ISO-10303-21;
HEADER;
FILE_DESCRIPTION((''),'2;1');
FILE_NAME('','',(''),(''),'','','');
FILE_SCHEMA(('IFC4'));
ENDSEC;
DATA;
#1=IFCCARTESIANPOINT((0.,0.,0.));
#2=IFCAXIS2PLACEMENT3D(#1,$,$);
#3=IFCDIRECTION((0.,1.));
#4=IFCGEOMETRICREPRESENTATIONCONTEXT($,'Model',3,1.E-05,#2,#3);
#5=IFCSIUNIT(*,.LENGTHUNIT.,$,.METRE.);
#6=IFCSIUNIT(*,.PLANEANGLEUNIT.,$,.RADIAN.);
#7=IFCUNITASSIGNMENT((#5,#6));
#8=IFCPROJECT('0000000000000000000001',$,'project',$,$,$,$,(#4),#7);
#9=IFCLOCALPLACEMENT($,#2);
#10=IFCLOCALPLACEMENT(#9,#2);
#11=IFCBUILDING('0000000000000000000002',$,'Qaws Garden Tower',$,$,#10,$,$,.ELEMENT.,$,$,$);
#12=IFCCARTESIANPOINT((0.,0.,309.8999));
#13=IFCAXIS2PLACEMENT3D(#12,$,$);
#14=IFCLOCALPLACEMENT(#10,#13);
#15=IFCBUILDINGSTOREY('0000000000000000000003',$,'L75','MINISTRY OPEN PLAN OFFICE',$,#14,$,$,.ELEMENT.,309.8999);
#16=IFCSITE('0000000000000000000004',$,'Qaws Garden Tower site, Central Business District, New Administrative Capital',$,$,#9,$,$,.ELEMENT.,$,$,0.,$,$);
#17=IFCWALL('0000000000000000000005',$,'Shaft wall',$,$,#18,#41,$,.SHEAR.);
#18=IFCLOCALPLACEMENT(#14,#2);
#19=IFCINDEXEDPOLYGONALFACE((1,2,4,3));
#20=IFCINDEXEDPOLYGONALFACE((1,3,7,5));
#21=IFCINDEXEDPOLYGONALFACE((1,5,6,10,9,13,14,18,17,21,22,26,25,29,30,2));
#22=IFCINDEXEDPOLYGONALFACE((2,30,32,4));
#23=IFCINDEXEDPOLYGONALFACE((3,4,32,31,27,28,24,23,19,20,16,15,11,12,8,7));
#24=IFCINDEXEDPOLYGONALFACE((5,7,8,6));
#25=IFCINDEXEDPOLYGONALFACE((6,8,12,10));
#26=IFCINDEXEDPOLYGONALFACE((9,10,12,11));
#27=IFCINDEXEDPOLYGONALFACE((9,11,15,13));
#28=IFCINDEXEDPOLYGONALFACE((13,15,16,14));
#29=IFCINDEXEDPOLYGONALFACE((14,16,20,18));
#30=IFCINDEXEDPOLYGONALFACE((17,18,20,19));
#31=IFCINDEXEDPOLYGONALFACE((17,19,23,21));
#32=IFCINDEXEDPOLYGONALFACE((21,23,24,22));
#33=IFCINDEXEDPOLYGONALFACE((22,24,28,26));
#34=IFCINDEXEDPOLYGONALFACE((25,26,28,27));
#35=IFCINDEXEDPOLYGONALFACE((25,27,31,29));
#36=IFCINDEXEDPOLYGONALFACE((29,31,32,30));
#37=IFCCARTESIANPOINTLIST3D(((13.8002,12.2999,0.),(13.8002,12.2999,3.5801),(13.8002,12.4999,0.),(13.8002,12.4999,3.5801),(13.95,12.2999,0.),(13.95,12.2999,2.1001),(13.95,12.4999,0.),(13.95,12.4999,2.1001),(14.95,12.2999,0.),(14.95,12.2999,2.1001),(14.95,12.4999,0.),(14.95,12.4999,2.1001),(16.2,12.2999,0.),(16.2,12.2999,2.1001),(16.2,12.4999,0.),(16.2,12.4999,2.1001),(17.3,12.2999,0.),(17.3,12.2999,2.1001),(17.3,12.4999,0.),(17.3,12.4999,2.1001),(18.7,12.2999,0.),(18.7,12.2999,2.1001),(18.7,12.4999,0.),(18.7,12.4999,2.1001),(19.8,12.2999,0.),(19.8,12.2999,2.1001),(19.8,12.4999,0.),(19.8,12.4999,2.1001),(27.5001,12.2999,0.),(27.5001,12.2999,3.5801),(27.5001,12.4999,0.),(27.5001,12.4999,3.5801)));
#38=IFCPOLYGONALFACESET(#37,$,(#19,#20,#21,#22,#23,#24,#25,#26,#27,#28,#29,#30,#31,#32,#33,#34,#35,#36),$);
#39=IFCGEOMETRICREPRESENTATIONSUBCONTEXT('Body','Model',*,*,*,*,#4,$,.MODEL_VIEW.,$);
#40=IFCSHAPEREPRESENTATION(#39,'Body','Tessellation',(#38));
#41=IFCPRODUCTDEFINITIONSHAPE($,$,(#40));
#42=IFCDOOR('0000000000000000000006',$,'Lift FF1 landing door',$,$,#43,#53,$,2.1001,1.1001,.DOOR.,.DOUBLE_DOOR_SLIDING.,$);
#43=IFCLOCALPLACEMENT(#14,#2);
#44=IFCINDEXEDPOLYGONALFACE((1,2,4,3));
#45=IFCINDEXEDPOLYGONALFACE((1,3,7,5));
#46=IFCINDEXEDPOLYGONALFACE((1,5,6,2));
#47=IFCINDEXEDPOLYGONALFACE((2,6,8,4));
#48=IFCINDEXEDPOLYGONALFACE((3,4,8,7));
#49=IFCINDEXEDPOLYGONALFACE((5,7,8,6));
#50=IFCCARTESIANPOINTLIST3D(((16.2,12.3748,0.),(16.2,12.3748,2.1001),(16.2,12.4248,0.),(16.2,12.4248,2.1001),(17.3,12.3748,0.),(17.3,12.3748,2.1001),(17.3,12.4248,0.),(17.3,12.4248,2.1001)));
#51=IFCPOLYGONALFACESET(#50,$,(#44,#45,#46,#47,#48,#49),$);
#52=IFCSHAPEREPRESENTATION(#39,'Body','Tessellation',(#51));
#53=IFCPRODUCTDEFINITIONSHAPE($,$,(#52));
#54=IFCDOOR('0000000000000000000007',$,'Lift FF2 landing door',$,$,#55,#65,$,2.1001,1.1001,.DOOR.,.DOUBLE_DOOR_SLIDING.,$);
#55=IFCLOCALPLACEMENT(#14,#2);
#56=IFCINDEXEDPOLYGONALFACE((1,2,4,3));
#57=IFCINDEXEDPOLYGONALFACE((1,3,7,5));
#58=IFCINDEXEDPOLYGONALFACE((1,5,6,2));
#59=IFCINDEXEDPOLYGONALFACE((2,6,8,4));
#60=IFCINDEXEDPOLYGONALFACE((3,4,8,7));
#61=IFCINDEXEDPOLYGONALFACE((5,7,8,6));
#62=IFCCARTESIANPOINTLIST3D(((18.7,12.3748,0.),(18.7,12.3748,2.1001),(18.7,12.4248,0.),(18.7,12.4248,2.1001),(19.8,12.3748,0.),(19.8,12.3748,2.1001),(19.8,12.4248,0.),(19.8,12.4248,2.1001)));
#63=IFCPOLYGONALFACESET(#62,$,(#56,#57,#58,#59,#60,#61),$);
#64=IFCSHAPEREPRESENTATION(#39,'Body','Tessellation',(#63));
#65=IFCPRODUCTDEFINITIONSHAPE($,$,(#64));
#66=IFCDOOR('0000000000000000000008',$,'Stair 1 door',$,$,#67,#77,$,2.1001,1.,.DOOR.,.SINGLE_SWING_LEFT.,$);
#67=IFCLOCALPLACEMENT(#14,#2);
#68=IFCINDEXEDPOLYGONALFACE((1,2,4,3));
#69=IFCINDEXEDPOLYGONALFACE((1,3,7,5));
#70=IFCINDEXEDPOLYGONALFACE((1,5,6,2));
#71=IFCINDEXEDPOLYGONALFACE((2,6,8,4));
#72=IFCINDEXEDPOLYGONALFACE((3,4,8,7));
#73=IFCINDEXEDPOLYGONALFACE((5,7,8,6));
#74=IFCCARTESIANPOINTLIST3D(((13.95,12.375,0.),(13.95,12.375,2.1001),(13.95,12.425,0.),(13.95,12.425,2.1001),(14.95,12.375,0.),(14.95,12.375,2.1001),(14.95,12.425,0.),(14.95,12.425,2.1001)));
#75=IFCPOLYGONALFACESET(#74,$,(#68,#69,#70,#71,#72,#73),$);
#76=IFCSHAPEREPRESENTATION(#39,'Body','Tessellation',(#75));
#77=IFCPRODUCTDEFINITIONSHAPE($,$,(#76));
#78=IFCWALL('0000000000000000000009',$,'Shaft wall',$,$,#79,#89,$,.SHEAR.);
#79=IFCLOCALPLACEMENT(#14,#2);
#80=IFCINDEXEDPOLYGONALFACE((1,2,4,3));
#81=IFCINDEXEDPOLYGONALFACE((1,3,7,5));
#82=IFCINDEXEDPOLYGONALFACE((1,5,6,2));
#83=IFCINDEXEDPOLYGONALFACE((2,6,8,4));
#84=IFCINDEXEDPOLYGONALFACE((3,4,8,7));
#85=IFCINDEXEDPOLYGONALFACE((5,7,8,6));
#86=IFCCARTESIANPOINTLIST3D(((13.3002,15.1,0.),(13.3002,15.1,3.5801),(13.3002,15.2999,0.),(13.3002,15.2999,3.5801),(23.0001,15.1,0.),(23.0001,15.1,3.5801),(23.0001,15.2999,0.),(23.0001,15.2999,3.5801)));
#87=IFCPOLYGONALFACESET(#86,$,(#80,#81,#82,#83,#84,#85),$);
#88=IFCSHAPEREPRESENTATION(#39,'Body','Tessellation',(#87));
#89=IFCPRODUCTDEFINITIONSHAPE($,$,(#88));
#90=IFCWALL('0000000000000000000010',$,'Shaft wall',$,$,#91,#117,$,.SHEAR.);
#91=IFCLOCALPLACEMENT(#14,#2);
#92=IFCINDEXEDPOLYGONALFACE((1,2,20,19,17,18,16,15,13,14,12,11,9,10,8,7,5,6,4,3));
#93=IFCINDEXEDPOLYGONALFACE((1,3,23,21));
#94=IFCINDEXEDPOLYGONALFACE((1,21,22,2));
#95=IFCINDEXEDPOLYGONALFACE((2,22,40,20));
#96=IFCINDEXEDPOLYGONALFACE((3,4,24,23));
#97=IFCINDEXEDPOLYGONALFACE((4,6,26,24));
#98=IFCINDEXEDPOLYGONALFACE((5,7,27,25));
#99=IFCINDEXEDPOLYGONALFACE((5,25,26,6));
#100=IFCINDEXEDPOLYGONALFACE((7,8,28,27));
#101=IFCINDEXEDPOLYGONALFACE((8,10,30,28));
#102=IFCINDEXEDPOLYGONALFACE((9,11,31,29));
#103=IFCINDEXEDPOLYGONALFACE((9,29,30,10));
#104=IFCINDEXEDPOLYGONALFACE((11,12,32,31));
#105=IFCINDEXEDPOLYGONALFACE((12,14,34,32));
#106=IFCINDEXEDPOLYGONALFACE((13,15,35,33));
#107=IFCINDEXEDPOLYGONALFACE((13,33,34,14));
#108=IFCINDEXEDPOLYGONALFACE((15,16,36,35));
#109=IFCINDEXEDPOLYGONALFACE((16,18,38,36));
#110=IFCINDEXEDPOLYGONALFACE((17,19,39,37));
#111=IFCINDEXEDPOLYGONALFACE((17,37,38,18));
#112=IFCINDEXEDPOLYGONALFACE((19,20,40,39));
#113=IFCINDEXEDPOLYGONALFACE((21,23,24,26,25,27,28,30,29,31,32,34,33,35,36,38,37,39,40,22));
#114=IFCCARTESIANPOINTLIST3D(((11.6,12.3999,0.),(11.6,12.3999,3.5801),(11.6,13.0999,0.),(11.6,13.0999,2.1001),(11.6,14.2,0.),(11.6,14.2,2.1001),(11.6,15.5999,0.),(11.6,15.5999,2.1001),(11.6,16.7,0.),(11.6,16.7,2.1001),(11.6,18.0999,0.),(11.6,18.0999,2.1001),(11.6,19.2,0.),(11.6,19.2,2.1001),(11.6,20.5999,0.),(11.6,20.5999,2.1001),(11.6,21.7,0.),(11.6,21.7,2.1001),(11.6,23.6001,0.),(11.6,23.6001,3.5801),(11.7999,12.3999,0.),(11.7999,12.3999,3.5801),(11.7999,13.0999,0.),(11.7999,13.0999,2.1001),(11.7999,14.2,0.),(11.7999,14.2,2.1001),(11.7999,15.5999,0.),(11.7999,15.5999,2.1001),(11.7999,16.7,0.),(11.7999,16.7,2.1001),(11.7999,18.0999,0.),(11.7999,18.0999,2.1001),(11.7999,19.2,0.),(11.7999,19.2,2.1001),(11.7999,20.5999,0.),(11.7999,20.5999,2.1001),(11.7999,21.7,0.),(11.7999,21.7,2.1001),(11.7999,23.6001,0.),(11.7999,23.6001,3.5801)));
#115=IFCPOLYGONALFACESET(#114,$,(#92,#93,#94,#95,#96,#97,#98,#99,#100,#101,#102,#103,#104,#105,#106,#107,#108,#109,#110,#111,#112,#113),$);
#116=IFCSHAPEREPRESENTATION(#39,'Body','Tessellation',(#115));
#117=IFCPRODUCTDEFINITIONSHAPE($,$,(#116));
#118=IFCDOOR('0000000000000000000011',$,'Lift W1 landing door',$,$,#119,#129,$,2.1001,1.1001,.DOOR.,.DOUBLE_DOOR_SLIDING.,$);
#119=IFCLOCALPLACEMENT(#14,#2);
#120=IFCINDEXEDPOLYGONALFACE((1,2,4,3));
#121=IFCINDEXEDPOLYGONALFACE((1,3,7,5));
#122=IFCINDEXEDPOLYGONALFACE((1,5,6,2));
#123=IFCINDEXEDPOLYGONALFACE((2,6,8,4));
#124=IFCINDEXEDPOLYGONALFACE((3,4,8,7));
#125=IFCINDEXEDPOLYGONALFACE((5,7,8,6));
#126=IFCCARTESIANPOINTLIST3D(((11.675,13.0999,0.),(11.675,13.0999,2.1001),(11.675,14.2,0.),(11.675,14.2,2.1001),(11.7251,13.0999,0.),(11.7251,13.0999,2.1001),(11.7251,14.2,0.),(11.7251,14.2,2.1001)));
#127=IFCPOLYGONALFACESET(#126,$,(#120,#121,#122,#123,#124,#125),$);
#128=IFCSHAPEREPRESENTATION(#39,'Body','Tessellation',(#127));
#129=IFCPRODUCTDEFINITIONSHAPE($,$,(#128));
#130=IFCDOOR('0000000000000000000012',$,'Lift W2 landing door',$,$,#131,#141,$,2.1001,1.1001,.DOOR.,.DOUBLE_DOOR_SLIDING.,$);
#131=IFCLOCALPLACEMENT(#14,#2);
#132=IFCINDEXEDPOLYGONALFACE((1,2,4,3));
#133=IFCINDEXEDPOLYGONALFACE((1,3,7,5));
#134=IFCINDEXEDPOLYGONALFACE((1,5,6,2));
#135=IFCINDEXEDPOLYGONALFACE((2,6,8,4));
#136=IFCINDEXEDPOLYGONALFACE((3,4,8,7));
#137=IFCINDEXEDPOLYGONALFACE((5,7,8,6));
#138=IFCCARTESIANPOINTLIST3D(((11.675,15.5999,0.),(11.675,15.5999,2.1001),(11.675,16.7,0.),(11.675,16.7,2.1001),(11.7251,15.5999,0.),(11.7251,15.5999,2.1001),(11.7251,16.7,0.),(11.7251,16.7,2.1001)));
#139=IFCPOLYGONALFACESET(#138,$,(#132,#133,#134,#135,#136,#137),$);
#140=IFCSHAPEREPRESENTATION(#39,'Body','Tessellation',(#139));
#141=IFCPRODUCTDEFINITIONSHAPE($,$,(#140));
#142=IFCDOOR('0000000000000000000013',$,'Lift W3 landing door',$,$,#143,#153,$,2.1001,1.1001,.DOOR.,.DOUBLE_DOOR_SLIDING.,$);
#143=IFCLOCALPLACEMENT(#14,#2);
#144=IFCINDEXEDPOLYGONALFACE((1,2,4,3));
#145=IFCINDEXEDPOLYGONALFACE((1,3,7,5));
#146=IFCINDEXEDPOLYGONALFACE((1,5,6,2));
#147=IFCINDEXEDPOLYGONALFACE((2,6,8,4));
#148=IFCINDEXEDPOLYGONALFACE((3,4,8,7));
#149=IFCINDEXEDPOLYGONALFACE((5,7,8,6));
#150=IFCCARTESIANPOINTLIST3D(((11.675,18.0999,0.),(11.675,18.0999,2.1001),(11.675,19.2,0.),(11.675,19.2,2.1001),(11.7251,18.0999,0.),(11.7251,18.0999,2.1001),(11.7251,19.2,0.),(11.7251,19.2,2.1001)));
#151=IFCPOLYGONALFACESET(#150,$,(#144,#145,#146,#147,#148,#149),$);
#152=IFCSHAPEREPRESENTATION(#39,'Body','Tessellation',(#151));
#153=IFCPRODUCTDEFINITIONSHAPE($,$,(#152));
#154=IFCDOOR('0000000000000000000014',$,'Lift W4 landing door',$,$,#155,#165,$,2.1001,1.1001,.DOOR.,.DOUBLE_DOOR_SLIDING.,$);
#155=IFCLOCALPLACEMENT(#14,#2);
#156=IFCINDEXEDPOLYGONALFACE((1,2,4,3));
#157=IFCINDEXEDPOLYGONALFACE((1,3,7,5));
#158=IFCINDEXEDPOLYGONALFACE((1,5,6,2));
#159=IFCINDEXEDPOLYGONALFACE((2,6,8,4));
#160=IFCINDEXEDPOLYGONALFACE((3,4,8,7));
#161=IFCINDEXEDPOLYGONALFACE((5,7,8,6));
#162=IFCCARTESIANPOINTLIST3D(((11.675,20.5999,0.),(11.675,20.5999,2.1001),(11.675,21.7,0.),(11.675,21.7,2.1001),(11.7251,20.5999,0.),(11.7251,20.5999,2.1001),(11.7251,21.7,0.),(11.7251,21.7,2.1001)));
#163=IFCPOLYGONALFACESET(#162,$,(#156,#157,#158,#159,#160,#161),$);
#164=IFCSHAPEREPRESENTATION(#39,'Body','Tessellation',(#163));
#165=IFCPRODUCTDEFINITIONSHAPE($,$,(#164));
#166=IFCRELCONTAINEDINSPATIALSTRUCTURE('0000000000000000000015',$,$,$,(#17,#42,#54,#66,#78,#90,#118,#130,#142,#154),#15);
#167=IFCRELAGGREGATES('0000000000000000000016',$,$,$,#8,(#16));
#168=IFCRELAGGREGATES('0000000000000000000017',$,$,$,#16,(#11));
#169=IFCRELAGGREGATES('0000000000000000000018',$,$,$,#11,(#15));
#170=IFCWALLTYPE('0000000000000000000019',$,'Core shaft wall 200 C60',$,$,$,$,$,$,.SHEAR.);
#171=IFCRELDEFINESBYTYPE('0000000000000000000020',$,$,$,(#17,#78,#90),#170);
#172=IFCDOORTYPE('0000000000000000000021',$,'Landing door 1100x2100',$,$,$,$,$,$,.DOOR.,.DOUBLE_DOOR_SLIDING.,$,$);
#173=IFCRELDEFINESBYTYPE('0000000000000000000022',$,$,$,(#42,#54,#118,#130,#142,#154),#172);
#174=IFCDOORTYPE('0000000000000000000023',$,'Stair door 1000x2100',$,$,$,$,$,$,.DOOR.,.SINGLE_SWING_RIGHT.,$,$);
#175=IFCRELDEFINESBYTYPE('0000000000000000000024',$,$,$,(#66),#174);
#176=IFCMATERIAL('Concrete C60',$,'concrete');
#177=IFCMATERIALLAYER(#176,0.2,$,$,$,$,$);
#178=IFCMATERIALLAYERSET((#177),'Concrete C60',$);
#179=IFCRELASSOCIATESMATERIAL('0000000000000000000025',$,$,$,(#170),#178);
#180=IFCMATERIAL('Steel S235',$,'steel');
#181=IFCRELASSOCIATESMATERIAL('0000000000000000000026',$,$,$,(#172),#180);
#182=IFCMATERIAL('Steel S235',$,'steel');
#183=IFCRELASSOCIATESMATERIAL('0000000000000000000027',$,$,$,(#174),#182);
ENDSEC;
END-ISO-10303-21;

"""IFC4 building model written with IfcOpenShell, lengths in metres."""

from ifc_helpers import new_model, si_unit, direction, frame, frame_2d, origin, place, context, subcontext, project, spatial, rectangle, extrude, material, layer, layer_set, type_object, element, fill, save


model = new_model("IFC4")

# Units and contexts
model_context = context("Model", 3, precision=1e-05, world=origin(), true_north=direction((0.0, 1.0)))
body_context = subcontext(model_context, "Body", "Model", "MODEL_VIEW")
ifc_project = project(units=[si_unit("LENGTHUNIT", "METRE"), si_unit("PLANEANGLEUNIT", "RADIAN")], contexts=[model_context])

# Site, building, storey
site_placement = place(None, origin())
site = spatial("IfcSite", under=ifc_project, at=site_placement, Name="Qaws Garden Tower site, Central Business District, New Administrative Capital", CompositionType="ELEMENT", RefElevation=0.0)
building_placement = place(site_placement, origin())
building = spatial("IfcBuilding", under=site, at=building_placement, Name="Qaws Garden Tower", CompositionType="ELEMENT")
storey_placement = place(building_placement, frame((0.0, 0.0, 309.8999)))
storey = spatial("IfcBuildingStorey", under=building, at=storey_placement, Name="L75", Description="MINISTRY OPEN PLAN OFFICE", CompositionType="ELEMENT", Elevation=309.8999)

# Wall, openings, doors
ifc_material_1 = material(Name="Concrete C60", Category="concrete")
ifc_layer_1 = layer(ifc_material_1, 0.2)
ifc_layer_set_1 = layer_set([ifc_layer_1], Name="Concrete C60")
wall_type_1 = type_object("IfcWallType", Name="Core shaft wall 200 C60", PredefinedType="SHEAR", material=ifc_layer_set_1)
wall_1_placement = place(storey_placement, frame((13.8, 12.3999, 0.0), z_axis=(0.0, 0.0, 1.0), x_axis=(1.0, 0.0, 0.0)))
wall_1 = element("IfcWall", 1, at=wall_1_placement, inside=storey, type_object=wall_type_1, Name="Shaft wall", PredefinedType="SHEAR", context=body_context, shape_type="SweptSolid", body=[
    extrude(rectangle(XDim=13.7, YDim=0.2, at=frame_2d((6.8501, 0.0))), origin(), (0.0, 0.0, 1.0), 3.5801),
])
opening_1_placement = place(wall_1_placement, frame((2.3999, 0.0, 0.0)))
opening_1 = element("IfcOpeningElement", 2, at=opening_1_placement, cuts=wall_1, PredefinedType="OPENING", context=body_context, shape_type="SweptSolid", body=[
    extrude(rectangle(XDim=1.1001, YDim=2.1001, at=frame_2d((0.55, 1.05))), frame((0.0, 0.1099, 0.0), z_axis=(0.0, -1.0, 0.0), x_axis=(1.0, 0.0, 0.0)), (0.0, 0.0, 1.0), 0.22),
])
opening_2_placement = place(wall_1_placement, frame((4.8999, 0.0, 0.0)))
opening_2 = element("IfcOpeningElement", 3, at=opening_2_placement, cuts=wall_1, PredefinedType="OPENING", context=body_context, shape_type="SweptSolid", body=[
    extrude(rectangle(XDim=1.1001, YDim=2.1001, at=frame_2d((0.55, 1.05))), frame((0.0, 0.1099, 0.0), z_axis=(0.0, -1.0, 0.0), x_axis=(1.0, 0.0, 0.0)), (0.0, 0.0, 1.0), 0.22),
])
opening_3_placement = place(wall_1_placement, frame((0.1499, 0.0, 0.0)))
opening_3 = element("IfcOpeningElement", 4, at=opening_3_placement, cuts=wall_1, PredefinedType="OPENING", context=body_context, shape_type="SweptSolid", body=[
    extrude(rectangle(XDim=1.0, YDim=2.1001, at=frame_2d((0.5, 1.05))), frame((0.0, 0.1099, 0.0), z_axis=(0.0, -1.0, 0.0), x_axis=(1.0, 0.0, 0.0)), (0.0, 0.0, 1.0), 0.22),
])
ifc_material_2 = material(Name="Steel S235", Category="steel")
door_type_1 = type_object("IfcDoorType", Name="Landing door 1100x2100", OperationType="DOUBLE_DOOR_SLIDING", PredefinedType="DOOR", material=ifc_material_2)
door_1_placement = place(opening_1_placement, origin())
door_1 = element("IfcDoor", 5, at=door_1_placement, inside=storey, type_object=door_type_1, Name="Lift FF1 landing door", OperationType="DOUBLE_DOOR_SLIDING", OverallHeight=2.1001, OverallWidth=1.1001, PredefinedType="DOOR", context=body_context, shape_type="SweptSolid", body=[
    extrude(rectangle(XDim=1.1001, YDim=2.1001, at=frame_2d((0.55, 1.05))), frame((0.0, 0.0249, 0.0), z_axis=(0.0, -1.0, 0.0), x_axis=(1.0, 0.0, 0.0)), (0.0, 0.0, 1.0), 0.05),
])
fill(opening_1, door_1)
door_2_placement = place(opening_2_placement, origin())
door_2 = element("IfcDoor", 6, at=door_2_placement, inside=storey, type_object=door_type_1, Name="Lift FF2 landing door", OperationType="DOUBLE_DOOR_SLIDING", OverallHeight=2.1001, OverallWidth=1.1001, PredefinedType="DOOR", context=body_context, shape_type="SweptSolid", body=[
    extrude(rectangle(XDim=1.1001, YDim=2.1001, at=frame_2d((0.55, 1.05))), frame((0.0, 0.0249, 0.0), z_axis=(0.0, -1.0, 0.0), x_axis=(1.0, 0.0, 0.0)), (0.0, 0.0, 1.0), 0.05),
])
fill(opening_2, door_2)
ifc_material_3 = material(Name="Steel S235", Category="steel")
door_type_2 = type_object("IfcDoorType", Name="Stair door 1000x2100", OperationType="SINGLE_SWING_RIGHT", PredefinedType="DOOR", material=ifc_material_3)
door_3_placement = place(opening_3_placement, frame((1.0, 0.0, 0.0), z_axis=(0.0, 0.0, 1.0), x_axis=(-1.0, 0.0, 0.0)))
door_3 = element("IfcDoor", 7, at=door_3_placement, inside=storey, type_object=door_type_2, Name="Stair 1 door", OperationType="SINGLE_SWING_LEFT", OverallHeight=2.1001, OverallWidth=1.0, PredefinedType="DOOR", context=body_context, shape_type="SweptSolid", body=[
    extrude(rectangle(XDim=1.0, YDim=2.1001, at=frame_2d((0.5, 1.05))), frame((0.0, 0.0249, 0.0), z_axis=(0.0, -1.0, 0.0), x_axis=(1.0, 0.0, 0.0)), (0.0, 0.0, 1.0), 0.05),
])
fill(opening_3, door_3)

# Wall
wall_2_placement = place(storey_placement, frame((13.3, 15.2, 0.0), z_axis=(0.0, 0.0, 1.0), x_axis=(1.0, 0.0, 0.0)))
element("IfcWall", 8, at=wall_2_placement, inside=storey, type_object=wall_type_1, Name="Shaft wall", PredefinedType="SHEAR", context=body_context, shape_type="SweptSolid", body=[
    extrude(rectangle(XDim=9.7, YDim=0.2, at=frame_2d((4.8501, 0.0))), origin(), (0.0, 0.0, 1.0), 3.5801),
])

# Wall, openings, doors
wall_3_placement = place(storey_placement, frame((11.7, 12.3999, 0.0), z_axis=(0.0, 0.0, 1.0), x_axis=(0.0, 1.0, 0.0)))
wall_3 = element("IfcWall", 9, at=wall_3_placement, inside=storey, type_object=wall_type_1, Name="Shaft wall", PredefinedType="SHEAR", context=body_context, shape_type="SweptSolid", body=[
    extrude(rectangle(XDim=11.2002, YDim=0.2, at=frame_2d((5.6001, 0.0))), origin(), (0.0, 0.0, 1.0), 3.5801),
])
opening_4_placement = place(wall_3_placement, frame((0.7, 0.0, 0.0)))
opening_4 = element("IfcOpeningElement", 10, at=opening_4_placement, cuts=wall_3, PredefinedType="OPENING", context=body_context, shape_type="SweptSolid", body=[
    extrude(rectangle(XDim=1.1001, YDim=2.1001, at=frame_2d((0.55, 1.05))), frame((0.0, 0.1099, 0.0), z_axis=(0.0, -1.0, 0.0), x_axis=(1.0, 0.0, 0.0)), (0.0, 0.0, 1.0), 0.22),
])
opening_5_placement = place(wall_3_placement, frame((3.2, 0.0, 0.0)))
opening_5 = element("IfcOpeningElement", 11, at=opening_5_placement, cuts=wall_3, PredefinedType="OPENING", context=body_context, shape_type="SweptSolid", body=[
    extrude(rectangle(XDim=1.1001, YDim=2.1001, at=frame_2d((0.55, 1.05))), frame((0.0, 0.1099, 0.0), z_axis=(0.0, -1.0, 0.0), x_axis=(1.0, 0.0, 0.0)), (0.0, 0.0, 1.0), 0.22),
])
opening_6_placement = place(wall_3_placement, frame((5.7, 0.0, 0.0)))
opening_6 = element("IfcOpeningElement", 12, at=opening_6_placement, cuts=wall_3, PredefinedType="OPENING", context=body_context, shape_type="SweptSolid", body=[
    extrude(rectangle(XDim=1.1001, YDim=2.1001, at=frame_2d((0.55, 1.05))), frame((0.0, 0.1099, 0.0), z_axis=(0.0, -1.0, 0.0), x_axis=(1.0, 0.0, 0.0)), (0.0, 0.0, 1.0), 0.22),
])
opening_7_placement = place(wall_3_placement, frame((8.2, 0.0, 0.0)))
opening_7 = element("IfcOpeningElement", 13, at=opening_7_placement, cuts=wall_3, PredefinedType="OPENING", context=body_context, shape_type="SweptSolid", body=[
    extrude(rectangle(XDim=1.1001, YDim=2.1001, at=frame_2d((0.55, 1.05))), frame((0.0, 0.1099, 0.0), z_axis=(0.0, -1.0, 0.0), x_axis=(1.0, 0.0, 0.0)), (0.0, 0.0, 1.0), 0.22),
])
door_4_placement = place(opening_4_placement, origin())
door_4 = element("IfcDoor", 14, at=door_4_placement, inside=storey, type_object=door_type_1, Name="Lift W1 landing door", OperationType="DOUBLE_DOOR_SLIDING", OverallHeight=2.1001, OverallWidth=1.1001, PredefinedType="DOOR", context=body_context, shape_type="SweptSolid", body=[
    extrude(rectangle(XDim=1.1001, YDim=2.1001, at=frame_2d((0.55, 1.05))), frame((0.0, 0.0249, 0.0), z_axis=(0.0, -1.0, 0.0), x_axis=(1.0, 0.0, 0.0)), (0.0, 0.0, 1.0), 0.05),
])
fill(opening_4, door_4)
door_5_placement = place(opening_5_placement, origin())
door_5 = element("IfcDoor", 15, at=door_5_placement, inside=storey, type_object=door_type_1, Name="Lift W2 landing door", OperationType="DOUBLE_DOOR_SLIDING", OverallHeight=2.1001, OverallWidth=1.1001, PredefinedType="DOOR", context=body_context, shape_type="SweptSolid", body=[
    extrude(rectangle(XDim=1.1001, YDim=2.1001, at=frame_2d((0.55, 1.05))), frame((0.0, 0.0249, 0.0), z_axis=(0.0, -1.0, 0.0), x_axis=(1.0, 0.0, 0.0)), (0.0, 0.0, 1.0), 0.05),
])
fill(opening_5, door_5)
door_6_placement = place(opening_6_placement, origin())
door_6 = element("IfcDoor", 16, at=door_6_placement, inside=storey, type_object=door_type_1, Name="Lift W3 landing door", OperationType="DOUBLE_DOOR_SLIDING", OverallHeight=2.1001, OverallWidth=1.1001, PredefinedType="DOOR", context=body_context, shape_type="SweptSolid", body=[
    extrude(rectangle(XDim=1.1001, YDim=2.1001, at=frame_2d((0.55, 1.05))), frame((0.0, 0.0249, 0.0), z_axis=(0.0, -1.0, 0.0), x_axis=(1.0, 0.0, 0.0)), (0.0, 0.0, 1.0), 0.05),
])
fill(opening_6, door_6)
door_7_placement = place(opening_7_placement, origin())
door_7 = element("IfcDoor", 17, at=door_7_placement, inside=storey, type_object=door_type_1, Name="Lift W4 landing door", OperationType="DOUBLE_DOOR_SLIDING", OverallHeight=2.1001, OverallWidth=1.1001, PredefinedType="DOOR", context=body_context, shape_type="SweptSolid", body=[
    extrude(rectangle(XDim=1.1001, YDim=2.1001, at=frame_2d((0.55, 1.05))), frame((0.0, 0.0249, 0.0), z_axis=(0.0, -1.0, 0.0), x_axis=(1.0, 0.0, 0.0)), (0.0, 0.0, 1.0), 0.05),
])
fill(opening_7, door_7)

save(model, "model.ifc")
